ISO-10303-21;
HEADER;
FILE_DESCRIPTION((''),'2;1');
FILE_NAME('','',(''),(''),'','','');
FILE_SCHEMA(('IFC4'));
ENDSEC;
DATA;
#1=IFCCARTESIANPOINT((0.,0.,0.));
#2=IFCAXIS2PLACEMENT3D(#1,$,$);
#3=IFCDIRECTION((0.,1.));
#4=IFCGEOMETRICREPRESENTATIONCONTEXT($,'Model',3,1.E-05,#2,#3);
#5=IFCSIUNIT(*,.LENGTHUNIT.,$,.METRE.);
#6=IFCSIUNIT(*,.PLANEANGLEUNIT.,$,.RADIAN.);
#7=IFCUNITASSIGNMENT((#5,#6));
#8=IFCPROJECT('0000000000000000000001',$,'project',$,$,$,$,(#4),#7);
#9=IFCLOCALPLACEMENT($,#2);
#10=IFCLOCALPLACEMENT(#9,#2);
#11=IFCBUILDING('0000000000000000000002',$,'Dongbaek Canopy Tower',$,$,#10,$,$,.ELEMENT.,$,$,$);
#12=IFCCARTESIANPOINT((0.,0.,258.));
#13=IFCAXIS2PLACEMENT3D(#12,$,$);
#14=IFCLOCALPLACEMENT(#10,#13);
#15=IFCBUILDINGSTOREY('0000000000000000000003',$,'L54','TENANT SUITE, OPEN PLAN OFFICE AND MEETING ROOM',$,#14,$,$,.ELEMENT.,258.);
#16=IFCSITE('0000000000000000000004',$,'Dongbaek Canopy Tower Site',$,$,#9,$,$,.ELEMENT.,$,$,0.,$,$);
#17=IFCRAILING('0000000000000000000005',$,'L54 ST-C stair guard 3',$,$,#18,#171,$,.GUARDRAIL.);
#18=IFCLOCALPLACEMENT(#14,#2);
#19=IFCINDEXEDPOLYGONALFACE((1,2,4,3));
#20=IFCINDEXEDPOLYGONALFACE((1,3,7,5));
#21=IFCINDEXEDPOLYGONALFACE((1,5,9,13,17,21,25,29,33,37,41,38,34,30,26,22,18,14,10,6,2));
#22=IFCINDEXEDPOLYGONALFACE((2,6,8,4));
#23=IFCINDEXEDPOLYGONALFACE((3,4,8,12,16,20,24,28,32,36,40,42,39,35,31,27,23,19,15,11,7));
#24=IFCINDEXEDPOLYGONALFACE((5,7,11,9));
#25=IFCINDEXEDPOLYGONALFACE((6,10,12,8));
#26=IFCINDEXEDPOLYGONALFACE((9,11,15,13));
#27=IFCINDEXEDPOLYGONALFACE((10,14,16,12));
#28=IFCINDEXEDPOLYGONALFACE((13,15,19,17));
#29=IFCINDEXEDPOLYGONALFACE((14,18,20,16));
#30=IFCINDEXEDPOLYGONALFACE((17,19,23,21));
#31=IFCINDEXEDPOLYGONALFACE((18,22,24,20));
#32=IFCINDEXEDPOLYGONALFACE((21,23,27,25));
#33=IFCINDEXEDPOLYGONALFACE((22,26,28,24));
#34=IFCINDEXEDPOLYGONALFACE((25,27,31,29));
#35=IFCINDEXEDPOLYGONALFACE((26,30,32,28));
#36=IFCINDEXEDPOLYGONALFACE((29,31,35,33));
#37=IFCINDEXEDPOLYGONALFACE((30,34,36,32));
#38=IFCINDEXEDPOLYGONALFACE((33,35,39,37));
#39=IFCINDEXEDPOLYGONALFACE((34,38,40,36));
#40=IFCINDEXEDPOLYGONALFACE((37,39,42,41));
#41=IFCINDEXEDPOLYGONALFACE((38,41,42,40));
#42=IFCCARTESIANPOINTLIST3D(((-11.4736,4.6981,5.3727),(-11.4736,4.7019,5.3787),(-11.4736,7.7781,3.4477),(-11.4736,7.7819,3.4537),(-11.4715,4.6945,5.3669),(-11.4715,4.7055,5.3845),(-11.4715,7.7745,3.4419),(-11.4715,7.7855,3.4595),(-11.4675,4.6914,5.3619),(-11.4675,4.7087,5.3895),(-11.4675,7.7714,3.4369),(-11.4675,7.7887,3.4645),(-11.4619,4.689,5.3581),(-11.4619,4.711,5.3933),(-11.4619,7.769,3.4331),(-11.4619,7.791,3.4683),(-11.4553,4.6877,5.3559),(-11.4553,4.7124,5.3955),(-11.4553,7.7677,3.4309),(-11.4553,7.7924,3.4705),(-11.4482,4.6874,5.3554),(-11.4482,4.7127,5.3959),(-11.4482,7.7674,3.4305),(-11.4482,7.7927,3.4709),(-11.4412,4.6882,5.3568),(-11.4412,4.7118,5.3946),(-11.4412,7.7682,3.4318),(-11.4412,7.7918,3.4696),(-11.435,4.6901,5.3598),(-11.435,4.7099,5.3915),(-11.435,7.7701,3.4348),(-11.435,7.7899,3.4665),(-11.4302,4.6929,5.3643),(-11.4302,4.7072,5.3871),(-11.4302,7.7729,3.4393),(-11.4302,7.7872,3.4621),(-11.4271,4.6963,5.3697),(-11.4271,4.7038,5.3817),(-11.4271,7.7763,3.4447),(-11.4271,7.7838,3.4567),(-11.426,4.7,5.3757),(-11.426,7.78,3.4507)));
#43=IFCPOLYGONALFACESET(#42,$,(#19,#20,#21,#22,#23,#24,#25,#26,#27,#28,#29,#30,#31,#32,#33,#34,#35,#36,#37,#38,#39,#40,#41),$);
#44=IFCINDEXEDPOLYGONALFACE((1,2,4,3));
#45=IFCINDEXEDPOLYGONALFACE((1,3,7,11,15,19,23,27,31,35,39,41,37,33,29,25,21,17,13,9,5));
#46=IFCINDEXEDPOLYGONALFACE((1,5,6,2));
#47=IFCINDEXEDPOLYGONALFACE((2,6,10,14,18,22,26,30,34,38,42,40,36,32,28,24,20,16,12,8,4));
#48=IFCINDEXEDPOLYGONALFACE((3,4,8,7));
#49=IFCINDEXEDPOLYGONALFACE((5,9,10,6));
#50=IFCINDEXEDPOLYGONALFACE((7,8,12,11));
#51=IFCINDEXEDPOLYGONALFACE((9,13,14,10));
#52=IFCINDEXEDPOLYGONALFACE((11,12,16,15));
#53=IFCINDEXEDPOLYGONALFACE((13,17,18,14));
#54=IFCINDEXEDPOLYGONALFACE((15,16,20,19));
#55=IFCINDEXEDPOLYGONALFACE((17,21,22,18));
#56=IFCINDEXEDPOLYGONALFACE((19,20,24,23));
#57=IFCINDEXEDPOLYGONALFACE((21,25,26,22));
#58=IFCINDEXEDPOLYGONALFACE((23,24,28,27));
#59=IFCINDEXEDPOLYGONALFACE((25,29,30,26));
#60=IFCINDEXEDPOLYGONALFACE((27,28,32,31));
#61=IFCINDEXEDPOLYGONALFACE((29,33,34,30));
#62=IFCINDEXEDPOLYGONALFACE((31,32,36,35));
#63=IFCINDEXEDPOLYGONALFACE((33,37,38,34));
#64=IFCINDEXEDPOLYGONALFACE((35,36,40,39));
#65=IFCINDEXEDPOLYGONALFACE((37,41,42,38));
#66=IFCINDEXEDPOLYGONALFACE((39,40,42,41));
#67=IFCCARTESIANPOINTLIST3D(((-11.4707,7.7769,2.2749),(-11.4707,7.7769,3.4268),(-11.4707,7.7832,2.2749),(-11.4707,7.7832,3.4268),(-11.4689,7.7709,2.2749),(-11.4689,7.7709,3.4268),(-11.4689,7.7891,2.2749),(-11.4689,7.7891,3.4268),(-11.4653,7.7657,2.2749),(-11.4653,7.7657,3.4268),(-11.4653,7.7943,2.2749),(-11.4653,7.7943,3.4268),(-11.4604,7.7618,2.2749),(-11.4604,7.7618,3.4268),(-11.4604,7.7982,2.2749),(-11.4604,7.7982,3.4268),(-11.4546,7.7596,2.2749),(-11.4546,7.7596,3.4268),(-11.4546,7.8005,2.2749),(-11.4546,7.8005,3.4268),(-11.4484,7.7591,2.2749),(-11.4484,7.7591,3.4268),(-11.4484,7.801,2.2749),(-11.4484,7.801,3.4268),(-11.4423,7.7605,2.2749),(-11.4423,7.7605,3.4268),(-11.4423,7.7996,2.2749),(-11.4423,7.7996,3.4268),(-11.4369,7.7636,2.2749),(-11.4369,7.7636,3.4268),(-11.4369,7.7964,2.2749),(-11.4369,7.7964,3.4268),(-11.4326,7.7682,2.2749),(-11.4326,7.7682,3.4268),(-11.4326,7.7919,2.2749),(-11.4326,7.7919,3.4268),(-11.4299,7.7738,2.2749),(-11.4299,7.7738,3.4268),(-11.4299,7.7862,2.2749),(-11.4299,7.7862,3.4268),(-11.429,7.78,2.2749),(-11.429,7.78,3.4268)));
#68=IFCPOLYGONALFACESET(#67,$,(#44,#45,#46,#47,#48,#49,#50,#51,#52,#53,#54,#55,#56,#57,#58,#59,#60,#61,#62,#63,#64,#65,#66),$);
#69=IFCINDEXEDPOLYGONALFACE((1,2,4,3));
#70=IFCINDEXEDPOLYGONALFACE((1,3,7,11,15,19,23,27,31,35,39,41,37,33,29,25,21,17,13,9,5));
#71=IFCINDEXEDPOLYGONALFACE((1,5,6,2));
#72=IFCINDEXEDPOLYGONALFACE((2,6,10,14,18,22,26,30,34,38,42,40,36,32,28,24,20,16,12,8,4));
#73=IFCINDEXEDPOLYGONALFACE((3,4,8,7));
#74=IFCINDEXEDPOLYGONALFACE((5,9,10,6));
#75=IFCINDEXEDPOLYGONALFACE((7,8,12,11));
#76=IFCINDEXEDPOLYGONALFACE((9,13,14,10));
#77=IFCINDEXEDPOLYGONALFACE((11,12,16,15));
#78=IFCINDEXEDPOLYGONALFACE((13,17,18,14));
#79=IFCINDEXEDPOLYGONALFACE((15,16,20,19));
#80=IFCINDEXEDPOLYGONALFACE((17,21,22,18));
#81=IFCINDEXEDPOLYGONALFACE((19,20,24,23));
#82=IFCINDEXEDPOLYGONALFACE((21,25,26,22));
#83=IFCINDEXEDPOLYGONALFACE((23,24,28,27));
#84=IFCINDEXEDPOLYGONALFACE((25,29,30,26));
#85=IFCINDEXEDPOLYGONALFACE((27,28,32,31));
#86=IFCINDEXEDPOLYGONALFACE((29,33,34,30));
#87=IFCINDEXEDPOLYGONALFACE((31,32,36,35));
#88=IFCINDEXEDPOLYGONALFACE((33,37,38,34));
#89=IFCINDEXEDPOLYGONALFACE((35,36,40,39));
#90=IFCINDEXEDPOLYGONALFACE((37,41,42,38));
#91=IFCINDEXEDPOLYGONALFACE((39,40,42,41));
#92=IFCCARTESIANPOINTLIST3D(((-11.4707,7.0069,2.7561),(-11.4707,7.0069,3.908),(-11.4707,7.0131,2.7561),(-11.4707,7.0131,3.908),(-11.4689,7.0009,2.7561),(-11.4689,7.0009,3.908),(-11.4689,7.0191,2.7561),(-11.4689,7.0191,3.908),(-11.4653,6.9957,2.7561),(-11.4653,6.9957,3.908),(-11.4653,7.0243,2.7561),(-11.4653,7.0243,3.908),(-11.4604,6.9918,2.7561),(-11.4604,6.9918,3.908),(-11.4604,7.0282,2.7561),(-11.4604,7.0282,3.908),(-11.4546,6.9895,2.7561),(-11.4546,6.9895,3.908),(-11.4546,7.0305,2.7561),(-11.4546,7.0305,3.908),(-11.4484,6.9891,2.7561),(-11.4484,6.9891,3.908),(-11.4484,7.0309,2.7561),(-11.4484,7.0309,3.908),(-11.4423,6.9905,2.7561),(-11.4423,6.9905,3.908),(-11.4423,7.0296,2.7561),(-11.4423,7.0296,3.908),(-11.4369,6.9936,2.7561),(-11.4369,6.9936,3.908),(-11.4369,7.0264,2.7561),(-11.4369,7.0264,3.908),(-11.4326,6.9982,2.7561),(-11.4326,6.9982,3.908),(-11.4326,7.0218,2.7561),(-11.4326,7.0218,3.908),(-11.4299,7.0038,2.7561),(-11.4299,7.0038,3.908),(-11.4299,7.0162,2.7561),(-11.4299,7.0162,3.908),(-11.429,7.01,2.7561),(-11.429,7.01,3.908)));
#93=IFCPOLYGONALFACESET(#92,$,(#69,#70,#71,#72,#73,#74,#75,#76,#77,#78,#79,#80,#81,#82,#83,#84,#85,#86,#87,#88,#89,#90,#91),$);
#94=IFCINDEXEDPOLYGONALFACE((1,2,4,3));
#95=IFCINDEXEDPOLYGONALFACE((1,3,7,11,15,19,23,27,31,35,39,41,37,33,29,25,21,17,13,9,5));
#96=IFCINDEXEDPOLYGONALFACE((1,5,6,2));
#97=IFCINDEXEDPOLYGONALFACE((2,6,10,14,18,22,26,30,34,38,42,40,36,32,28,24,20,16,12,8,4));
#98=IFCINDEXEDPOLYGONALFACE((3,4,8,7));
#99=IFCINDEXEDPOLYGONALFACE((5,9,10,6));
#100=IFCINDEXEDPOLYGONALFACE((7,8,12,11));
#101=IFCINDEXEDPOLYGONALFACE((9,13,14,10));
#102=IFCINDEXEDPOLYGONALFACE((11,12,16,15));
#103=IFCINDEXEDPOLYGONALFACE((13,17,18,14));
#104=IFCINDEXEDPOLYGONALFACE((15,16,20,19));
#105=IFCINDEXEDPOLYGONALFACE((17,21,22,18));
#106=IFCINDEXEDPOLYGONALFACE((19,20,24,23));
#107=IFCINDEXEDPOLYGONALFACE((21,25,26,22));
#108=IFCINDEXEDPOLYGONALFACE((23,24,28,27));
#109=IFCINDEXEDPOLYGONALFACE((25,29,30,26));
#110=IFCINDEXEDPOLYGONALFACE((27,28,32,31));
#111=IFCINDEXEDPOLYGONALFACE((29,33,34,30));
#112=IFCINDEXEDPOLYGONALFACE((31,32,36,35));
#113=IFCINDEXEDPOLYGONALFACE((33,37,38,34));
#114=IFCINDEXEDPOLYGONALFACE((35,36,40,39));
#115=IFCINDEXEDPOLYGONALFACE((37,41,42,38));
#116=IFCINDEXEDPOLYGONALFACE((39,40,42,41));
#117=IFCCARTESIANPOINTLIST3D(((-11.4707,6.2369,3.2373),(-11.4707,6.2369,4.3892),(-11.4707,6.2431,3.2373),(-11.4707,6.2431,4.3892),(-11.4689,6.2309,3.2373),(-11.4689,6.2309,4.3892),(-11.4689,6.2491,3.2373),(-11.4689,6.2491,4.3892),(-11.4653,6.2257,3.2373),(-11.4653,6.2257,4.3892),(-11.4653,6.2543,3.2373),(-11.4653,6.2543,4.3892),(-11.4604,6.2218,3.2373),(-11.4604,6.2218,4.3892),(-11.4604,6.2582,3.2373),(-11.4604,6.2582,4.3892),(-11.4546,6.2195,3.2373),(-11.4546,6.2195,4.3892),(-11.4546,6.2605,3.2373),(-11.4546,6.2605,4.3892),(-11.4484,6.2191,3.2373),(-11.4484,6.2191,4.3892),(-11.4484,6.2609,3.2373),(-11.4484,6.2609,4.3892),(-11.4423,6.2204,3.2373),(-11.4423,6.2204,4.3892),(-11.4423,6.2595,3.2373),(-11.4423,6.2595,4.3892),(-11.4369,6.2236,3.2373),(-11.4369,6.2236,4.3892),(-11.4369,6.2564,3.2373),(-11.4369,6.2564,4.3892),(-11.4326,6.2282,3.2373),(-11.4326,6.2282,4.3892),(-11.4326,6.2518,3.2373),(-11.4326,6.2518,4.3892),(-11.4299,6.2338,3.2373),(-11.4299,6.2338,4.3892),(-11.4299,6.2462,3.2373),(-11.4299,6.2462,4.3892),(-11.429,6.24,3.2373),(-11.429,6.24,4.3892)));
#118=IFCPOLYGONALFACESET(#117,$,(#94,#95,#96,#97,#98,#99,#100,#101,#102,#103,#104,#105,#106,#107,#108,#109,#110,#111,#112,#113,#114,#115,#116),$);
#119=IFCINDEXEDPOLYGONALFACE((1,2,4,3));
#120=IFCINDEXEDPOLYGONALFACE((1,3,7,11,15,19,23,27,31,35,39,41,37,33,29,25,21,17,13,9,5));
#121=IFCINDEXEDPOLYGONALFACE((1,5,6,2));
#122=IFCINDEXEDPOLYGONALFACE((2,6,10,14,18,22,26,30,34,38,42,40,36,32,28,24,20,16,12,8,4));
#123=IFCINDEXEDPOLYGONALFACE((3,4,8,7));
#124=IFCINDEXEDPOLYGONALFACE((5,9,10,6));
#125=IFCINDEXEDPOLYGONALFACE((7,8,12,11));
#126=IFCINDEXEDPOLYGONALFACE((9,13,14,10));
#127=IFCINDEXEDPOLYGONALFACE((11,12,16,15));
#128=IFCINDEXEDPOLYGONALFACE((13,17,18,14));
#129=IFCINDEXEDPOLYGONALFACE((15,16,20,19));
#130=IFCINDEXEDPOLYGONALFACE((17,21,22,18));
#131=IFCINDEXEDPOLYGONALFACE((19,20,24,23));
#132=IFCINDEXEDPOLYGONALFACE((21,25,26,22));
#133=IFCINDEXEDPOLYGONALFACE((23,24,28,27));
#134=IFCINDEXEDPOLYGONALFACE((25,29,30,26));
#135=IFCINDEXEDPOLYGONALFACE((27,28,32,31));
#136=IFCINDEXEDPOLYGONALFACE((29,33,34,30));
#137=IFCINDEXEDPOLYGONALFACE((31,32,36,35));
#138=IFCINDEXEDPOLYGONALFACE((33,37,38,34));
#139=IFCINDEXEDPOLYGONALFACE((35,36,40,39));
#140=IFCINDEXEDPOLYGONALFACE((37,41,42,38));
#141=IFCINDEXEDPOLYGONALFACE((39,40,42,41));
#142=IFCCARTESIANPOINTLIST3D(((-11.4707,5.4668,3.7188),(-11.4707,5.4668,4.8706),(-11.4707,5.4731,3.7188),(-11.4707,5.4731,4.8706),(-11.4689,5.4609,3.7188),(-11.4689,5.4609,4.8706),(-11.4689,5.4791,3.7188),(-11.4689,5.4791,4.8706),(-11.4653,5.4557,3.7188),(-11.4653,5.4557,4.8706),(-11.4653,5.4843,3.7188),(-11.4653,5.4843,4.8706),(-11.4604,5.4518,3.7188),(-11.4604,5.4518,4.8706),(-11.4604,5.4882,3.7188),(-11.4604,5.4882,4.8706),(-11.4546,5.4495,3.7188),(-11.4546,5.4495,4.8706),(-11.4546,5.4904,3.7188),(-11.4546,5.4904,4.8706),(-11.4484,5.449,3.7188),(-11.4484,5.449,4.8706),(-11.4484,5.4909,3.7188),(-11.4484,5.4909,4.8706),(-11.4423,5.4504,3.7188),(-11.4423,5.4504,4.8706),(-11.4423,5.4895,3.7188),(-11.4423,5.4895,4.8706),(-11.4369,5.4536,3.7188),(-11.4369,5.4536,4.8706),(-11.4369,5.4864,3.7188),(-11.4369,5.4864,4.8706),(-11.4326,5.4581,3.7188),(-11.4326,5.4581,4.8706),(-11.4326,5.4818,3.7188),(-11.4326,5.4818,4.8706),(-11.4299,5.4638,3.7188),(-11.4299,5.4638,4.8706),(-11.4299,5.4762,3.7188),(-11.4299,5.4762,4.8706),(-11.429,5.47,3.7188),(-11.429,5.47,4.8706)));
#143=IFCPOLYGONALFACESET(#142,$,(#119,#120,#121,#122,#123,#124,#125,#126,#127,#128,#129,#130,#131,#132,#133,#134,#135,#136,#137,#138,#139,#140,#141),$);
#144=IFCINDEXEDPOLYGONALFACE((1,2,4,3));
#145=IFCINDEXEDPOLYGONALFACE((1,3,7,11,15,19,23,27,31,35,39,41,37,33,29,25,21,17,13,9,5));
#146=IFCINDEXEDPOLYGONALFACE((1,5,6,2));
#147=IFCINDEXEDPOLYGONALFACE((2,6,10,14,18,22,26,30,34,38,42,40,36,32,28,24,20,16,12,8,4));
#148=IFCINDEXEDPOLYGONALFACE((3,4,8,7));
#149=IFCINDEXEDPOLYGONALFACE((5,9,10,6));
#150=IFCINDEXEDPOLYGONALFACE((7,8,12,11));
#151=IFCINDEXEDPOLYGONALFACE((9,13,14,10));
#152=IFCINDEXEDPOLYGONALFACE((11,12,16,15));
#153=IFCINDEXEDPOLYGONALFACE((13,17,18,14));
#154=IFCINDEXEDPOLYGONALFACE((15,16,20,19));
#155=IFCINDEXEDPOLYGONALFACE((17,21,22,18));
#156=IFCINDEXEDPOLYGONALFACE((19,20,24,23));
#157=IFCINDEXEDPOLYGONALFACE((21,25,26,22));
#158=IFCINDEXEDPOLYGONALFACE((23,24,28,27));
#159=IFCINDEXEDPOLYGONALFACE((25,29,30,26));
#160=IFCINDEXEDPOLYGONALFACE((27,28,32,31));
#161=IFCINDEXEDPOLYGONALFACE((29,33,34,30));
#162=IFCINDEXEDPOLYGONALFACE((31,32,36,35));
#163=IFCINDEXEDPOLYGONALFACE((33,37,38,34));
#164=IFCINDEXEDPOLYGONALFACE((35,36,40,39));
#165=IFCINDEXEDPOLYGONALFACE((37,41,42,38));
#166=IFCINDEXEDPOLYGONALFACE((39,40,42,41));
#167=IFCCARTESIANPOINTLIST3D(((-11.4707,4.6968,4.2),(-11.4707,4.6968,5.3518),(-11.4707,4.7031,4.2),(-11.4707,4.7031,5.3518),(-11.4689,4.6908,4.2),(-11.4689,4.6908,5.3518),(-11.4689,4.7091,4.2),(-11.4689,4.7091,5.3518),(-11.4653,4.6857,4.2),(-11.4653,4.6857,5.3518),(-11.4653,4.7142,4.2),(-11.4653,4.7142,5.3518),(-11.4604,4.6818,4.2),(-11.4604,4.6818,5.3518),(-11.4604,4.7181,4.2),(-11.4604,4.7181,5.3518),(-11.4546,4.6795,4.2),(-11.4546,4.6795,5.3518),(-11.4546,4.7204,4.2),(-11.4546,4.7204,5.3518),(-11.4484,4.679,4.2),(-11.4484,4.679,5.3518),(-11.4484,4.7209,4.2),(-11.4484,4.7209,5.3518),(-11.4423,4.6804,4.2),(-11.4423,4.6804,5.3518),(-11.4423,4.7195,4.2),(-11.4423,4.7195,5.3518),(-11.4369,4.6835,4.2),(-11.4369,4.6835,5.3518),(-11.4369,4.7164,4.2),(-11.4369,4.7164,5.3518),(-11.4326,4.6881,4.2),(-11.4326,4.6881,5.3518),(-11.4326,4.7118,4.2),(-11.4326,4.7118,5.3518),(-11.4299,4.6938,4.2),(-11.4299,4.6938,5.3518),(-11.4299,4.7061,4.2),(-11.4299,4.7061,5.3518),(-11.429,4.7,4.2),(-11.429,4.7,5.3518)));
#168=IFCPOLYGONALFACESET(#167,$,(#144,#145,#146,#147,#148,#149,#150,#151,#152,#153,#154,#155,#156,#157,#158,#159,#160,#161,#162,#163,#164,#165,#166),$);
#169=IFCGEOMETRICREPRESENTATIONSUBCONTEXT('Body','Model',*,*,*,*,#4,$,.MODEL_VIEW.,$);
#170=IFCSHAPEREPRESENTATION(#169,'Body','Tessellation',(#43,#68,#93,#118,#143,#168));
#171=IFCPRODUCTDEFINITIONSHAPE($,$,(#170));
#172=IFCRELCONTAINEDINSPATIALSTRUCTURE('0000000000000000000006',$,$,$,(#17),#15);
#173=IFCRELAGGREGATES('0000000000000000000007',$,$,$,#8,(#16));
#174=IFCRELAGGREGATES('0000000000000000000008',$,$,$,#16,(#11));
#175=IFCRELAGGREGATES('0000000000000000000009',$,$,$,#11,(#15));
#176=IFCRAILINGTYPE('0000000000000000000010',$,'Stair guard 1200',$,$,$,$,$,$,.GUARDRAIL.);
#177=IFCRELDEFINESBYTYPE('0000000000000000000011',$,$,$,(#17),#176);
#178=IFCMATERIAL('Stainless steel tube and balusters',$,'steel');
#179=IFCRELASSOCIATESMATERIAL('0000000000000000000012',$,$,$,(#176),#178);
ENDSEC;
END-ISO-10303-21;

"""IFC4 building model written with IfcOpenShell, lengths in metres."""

from ifc_helpers import new_model, si_unit, direction, frame, origin, origin_2d, place, context, subcontext, project, spatial, circle, extrude, material, type_object, element, save


model = new_model("IFC4")

# Units and contexts
model_context = context("Model", 3, precision=1e-05, world=origin(), true_north=direction((0.0, 1.0)))
body_context = subcontext(model_context, "Body", "Model", "MODEL_VIEW")
ifc_project = project(units=[si_unit("LENGTHUNIT", "METRE"), si_unit("PLANEANGLEUNIT", "RADIAN")], contexts=[model_context])

# Site, building, storey
site_placement = place(None, origin())
site = spatial("IfcSite", under=ifc_project, at=site_placement, Name="Dongbaek Canopy Tower Site", CompositionType="ELEMENT", RefElevation=0.0)
building_placement = place(site_placement, origin())
building = spatial("IfcBuilding", under=site, at=building_placement, Name="Dongbaek Canopy Tower", CompositionType="ELEMENT")
storey_placement = place(building_placement, frame((0.0, 0.0, 258.0)))
storey = spatial("IfcBuildingStorey", under=building, at=storey_placement, Name="L54", Description="TENANT SUITE, OPEN PLAN OFFICE AND MEETING ROOM", CompositionType="ELEMENT", Elevation=258.0)

# Railing
ifc_material_1 = material(Name="Stainless steel tube and balusters", Category="steel")
railing_type_1 = type_object("IfcRailingType", Name="Stair guard 1200", PredefinedType="GUARDRAIL", material=ifc_material_1)
railing_1_placement = place(storey_placement, frame((-11.45, 7.78, 2.2749)))
element("IfcRailing", 1, at=railing_1_placement, inside=storey, type_object=railing_type_1, Name="L54 ST-C stair guard 3", PredefinedType="GUARDRAIL", context=body_context, shape_type="SweptSolid", body=[
    extrude(circle(Radius=0.0239, at=origin_2d()), frame((0.0, 0.0, 1.1758), z_axis=(0.0, -0.847998, 0.529999), x_axis=(1.0, 0.0, 0.0)), (0.0, 0.0, 1.0), 3.6321),
    extrude(circle(Radius=0.021, at=origin_2d()), origin(), (0.0, 0.0, 1.0), 1.1519),
    extrude(circle(Radius=0.021, at=origin_2d()), frame((0.0, -0.77, 0.4812)), (0.0, 0.0, 1.0), 1.1519),
    extrude(circle(Radius=0.021, at=origin_2d()), frame((0.0, -1.54, 0.9624)), (0.0, 0.0, 1.0), 1.1519),
    extrude(circle(Radius=0.021, at=origin_2d()), frame((0.0, -2.3101, 1.4438)), (0.0, 0.0, 1.0), 1.1519),
    extrude(circle(Radius=0.021, at=origin_2d()), frame((0.0, -3.0801, 1.925)), (0.0, 0.0, 1.0), 1.1519),
])

save(model, "model.ifc")
